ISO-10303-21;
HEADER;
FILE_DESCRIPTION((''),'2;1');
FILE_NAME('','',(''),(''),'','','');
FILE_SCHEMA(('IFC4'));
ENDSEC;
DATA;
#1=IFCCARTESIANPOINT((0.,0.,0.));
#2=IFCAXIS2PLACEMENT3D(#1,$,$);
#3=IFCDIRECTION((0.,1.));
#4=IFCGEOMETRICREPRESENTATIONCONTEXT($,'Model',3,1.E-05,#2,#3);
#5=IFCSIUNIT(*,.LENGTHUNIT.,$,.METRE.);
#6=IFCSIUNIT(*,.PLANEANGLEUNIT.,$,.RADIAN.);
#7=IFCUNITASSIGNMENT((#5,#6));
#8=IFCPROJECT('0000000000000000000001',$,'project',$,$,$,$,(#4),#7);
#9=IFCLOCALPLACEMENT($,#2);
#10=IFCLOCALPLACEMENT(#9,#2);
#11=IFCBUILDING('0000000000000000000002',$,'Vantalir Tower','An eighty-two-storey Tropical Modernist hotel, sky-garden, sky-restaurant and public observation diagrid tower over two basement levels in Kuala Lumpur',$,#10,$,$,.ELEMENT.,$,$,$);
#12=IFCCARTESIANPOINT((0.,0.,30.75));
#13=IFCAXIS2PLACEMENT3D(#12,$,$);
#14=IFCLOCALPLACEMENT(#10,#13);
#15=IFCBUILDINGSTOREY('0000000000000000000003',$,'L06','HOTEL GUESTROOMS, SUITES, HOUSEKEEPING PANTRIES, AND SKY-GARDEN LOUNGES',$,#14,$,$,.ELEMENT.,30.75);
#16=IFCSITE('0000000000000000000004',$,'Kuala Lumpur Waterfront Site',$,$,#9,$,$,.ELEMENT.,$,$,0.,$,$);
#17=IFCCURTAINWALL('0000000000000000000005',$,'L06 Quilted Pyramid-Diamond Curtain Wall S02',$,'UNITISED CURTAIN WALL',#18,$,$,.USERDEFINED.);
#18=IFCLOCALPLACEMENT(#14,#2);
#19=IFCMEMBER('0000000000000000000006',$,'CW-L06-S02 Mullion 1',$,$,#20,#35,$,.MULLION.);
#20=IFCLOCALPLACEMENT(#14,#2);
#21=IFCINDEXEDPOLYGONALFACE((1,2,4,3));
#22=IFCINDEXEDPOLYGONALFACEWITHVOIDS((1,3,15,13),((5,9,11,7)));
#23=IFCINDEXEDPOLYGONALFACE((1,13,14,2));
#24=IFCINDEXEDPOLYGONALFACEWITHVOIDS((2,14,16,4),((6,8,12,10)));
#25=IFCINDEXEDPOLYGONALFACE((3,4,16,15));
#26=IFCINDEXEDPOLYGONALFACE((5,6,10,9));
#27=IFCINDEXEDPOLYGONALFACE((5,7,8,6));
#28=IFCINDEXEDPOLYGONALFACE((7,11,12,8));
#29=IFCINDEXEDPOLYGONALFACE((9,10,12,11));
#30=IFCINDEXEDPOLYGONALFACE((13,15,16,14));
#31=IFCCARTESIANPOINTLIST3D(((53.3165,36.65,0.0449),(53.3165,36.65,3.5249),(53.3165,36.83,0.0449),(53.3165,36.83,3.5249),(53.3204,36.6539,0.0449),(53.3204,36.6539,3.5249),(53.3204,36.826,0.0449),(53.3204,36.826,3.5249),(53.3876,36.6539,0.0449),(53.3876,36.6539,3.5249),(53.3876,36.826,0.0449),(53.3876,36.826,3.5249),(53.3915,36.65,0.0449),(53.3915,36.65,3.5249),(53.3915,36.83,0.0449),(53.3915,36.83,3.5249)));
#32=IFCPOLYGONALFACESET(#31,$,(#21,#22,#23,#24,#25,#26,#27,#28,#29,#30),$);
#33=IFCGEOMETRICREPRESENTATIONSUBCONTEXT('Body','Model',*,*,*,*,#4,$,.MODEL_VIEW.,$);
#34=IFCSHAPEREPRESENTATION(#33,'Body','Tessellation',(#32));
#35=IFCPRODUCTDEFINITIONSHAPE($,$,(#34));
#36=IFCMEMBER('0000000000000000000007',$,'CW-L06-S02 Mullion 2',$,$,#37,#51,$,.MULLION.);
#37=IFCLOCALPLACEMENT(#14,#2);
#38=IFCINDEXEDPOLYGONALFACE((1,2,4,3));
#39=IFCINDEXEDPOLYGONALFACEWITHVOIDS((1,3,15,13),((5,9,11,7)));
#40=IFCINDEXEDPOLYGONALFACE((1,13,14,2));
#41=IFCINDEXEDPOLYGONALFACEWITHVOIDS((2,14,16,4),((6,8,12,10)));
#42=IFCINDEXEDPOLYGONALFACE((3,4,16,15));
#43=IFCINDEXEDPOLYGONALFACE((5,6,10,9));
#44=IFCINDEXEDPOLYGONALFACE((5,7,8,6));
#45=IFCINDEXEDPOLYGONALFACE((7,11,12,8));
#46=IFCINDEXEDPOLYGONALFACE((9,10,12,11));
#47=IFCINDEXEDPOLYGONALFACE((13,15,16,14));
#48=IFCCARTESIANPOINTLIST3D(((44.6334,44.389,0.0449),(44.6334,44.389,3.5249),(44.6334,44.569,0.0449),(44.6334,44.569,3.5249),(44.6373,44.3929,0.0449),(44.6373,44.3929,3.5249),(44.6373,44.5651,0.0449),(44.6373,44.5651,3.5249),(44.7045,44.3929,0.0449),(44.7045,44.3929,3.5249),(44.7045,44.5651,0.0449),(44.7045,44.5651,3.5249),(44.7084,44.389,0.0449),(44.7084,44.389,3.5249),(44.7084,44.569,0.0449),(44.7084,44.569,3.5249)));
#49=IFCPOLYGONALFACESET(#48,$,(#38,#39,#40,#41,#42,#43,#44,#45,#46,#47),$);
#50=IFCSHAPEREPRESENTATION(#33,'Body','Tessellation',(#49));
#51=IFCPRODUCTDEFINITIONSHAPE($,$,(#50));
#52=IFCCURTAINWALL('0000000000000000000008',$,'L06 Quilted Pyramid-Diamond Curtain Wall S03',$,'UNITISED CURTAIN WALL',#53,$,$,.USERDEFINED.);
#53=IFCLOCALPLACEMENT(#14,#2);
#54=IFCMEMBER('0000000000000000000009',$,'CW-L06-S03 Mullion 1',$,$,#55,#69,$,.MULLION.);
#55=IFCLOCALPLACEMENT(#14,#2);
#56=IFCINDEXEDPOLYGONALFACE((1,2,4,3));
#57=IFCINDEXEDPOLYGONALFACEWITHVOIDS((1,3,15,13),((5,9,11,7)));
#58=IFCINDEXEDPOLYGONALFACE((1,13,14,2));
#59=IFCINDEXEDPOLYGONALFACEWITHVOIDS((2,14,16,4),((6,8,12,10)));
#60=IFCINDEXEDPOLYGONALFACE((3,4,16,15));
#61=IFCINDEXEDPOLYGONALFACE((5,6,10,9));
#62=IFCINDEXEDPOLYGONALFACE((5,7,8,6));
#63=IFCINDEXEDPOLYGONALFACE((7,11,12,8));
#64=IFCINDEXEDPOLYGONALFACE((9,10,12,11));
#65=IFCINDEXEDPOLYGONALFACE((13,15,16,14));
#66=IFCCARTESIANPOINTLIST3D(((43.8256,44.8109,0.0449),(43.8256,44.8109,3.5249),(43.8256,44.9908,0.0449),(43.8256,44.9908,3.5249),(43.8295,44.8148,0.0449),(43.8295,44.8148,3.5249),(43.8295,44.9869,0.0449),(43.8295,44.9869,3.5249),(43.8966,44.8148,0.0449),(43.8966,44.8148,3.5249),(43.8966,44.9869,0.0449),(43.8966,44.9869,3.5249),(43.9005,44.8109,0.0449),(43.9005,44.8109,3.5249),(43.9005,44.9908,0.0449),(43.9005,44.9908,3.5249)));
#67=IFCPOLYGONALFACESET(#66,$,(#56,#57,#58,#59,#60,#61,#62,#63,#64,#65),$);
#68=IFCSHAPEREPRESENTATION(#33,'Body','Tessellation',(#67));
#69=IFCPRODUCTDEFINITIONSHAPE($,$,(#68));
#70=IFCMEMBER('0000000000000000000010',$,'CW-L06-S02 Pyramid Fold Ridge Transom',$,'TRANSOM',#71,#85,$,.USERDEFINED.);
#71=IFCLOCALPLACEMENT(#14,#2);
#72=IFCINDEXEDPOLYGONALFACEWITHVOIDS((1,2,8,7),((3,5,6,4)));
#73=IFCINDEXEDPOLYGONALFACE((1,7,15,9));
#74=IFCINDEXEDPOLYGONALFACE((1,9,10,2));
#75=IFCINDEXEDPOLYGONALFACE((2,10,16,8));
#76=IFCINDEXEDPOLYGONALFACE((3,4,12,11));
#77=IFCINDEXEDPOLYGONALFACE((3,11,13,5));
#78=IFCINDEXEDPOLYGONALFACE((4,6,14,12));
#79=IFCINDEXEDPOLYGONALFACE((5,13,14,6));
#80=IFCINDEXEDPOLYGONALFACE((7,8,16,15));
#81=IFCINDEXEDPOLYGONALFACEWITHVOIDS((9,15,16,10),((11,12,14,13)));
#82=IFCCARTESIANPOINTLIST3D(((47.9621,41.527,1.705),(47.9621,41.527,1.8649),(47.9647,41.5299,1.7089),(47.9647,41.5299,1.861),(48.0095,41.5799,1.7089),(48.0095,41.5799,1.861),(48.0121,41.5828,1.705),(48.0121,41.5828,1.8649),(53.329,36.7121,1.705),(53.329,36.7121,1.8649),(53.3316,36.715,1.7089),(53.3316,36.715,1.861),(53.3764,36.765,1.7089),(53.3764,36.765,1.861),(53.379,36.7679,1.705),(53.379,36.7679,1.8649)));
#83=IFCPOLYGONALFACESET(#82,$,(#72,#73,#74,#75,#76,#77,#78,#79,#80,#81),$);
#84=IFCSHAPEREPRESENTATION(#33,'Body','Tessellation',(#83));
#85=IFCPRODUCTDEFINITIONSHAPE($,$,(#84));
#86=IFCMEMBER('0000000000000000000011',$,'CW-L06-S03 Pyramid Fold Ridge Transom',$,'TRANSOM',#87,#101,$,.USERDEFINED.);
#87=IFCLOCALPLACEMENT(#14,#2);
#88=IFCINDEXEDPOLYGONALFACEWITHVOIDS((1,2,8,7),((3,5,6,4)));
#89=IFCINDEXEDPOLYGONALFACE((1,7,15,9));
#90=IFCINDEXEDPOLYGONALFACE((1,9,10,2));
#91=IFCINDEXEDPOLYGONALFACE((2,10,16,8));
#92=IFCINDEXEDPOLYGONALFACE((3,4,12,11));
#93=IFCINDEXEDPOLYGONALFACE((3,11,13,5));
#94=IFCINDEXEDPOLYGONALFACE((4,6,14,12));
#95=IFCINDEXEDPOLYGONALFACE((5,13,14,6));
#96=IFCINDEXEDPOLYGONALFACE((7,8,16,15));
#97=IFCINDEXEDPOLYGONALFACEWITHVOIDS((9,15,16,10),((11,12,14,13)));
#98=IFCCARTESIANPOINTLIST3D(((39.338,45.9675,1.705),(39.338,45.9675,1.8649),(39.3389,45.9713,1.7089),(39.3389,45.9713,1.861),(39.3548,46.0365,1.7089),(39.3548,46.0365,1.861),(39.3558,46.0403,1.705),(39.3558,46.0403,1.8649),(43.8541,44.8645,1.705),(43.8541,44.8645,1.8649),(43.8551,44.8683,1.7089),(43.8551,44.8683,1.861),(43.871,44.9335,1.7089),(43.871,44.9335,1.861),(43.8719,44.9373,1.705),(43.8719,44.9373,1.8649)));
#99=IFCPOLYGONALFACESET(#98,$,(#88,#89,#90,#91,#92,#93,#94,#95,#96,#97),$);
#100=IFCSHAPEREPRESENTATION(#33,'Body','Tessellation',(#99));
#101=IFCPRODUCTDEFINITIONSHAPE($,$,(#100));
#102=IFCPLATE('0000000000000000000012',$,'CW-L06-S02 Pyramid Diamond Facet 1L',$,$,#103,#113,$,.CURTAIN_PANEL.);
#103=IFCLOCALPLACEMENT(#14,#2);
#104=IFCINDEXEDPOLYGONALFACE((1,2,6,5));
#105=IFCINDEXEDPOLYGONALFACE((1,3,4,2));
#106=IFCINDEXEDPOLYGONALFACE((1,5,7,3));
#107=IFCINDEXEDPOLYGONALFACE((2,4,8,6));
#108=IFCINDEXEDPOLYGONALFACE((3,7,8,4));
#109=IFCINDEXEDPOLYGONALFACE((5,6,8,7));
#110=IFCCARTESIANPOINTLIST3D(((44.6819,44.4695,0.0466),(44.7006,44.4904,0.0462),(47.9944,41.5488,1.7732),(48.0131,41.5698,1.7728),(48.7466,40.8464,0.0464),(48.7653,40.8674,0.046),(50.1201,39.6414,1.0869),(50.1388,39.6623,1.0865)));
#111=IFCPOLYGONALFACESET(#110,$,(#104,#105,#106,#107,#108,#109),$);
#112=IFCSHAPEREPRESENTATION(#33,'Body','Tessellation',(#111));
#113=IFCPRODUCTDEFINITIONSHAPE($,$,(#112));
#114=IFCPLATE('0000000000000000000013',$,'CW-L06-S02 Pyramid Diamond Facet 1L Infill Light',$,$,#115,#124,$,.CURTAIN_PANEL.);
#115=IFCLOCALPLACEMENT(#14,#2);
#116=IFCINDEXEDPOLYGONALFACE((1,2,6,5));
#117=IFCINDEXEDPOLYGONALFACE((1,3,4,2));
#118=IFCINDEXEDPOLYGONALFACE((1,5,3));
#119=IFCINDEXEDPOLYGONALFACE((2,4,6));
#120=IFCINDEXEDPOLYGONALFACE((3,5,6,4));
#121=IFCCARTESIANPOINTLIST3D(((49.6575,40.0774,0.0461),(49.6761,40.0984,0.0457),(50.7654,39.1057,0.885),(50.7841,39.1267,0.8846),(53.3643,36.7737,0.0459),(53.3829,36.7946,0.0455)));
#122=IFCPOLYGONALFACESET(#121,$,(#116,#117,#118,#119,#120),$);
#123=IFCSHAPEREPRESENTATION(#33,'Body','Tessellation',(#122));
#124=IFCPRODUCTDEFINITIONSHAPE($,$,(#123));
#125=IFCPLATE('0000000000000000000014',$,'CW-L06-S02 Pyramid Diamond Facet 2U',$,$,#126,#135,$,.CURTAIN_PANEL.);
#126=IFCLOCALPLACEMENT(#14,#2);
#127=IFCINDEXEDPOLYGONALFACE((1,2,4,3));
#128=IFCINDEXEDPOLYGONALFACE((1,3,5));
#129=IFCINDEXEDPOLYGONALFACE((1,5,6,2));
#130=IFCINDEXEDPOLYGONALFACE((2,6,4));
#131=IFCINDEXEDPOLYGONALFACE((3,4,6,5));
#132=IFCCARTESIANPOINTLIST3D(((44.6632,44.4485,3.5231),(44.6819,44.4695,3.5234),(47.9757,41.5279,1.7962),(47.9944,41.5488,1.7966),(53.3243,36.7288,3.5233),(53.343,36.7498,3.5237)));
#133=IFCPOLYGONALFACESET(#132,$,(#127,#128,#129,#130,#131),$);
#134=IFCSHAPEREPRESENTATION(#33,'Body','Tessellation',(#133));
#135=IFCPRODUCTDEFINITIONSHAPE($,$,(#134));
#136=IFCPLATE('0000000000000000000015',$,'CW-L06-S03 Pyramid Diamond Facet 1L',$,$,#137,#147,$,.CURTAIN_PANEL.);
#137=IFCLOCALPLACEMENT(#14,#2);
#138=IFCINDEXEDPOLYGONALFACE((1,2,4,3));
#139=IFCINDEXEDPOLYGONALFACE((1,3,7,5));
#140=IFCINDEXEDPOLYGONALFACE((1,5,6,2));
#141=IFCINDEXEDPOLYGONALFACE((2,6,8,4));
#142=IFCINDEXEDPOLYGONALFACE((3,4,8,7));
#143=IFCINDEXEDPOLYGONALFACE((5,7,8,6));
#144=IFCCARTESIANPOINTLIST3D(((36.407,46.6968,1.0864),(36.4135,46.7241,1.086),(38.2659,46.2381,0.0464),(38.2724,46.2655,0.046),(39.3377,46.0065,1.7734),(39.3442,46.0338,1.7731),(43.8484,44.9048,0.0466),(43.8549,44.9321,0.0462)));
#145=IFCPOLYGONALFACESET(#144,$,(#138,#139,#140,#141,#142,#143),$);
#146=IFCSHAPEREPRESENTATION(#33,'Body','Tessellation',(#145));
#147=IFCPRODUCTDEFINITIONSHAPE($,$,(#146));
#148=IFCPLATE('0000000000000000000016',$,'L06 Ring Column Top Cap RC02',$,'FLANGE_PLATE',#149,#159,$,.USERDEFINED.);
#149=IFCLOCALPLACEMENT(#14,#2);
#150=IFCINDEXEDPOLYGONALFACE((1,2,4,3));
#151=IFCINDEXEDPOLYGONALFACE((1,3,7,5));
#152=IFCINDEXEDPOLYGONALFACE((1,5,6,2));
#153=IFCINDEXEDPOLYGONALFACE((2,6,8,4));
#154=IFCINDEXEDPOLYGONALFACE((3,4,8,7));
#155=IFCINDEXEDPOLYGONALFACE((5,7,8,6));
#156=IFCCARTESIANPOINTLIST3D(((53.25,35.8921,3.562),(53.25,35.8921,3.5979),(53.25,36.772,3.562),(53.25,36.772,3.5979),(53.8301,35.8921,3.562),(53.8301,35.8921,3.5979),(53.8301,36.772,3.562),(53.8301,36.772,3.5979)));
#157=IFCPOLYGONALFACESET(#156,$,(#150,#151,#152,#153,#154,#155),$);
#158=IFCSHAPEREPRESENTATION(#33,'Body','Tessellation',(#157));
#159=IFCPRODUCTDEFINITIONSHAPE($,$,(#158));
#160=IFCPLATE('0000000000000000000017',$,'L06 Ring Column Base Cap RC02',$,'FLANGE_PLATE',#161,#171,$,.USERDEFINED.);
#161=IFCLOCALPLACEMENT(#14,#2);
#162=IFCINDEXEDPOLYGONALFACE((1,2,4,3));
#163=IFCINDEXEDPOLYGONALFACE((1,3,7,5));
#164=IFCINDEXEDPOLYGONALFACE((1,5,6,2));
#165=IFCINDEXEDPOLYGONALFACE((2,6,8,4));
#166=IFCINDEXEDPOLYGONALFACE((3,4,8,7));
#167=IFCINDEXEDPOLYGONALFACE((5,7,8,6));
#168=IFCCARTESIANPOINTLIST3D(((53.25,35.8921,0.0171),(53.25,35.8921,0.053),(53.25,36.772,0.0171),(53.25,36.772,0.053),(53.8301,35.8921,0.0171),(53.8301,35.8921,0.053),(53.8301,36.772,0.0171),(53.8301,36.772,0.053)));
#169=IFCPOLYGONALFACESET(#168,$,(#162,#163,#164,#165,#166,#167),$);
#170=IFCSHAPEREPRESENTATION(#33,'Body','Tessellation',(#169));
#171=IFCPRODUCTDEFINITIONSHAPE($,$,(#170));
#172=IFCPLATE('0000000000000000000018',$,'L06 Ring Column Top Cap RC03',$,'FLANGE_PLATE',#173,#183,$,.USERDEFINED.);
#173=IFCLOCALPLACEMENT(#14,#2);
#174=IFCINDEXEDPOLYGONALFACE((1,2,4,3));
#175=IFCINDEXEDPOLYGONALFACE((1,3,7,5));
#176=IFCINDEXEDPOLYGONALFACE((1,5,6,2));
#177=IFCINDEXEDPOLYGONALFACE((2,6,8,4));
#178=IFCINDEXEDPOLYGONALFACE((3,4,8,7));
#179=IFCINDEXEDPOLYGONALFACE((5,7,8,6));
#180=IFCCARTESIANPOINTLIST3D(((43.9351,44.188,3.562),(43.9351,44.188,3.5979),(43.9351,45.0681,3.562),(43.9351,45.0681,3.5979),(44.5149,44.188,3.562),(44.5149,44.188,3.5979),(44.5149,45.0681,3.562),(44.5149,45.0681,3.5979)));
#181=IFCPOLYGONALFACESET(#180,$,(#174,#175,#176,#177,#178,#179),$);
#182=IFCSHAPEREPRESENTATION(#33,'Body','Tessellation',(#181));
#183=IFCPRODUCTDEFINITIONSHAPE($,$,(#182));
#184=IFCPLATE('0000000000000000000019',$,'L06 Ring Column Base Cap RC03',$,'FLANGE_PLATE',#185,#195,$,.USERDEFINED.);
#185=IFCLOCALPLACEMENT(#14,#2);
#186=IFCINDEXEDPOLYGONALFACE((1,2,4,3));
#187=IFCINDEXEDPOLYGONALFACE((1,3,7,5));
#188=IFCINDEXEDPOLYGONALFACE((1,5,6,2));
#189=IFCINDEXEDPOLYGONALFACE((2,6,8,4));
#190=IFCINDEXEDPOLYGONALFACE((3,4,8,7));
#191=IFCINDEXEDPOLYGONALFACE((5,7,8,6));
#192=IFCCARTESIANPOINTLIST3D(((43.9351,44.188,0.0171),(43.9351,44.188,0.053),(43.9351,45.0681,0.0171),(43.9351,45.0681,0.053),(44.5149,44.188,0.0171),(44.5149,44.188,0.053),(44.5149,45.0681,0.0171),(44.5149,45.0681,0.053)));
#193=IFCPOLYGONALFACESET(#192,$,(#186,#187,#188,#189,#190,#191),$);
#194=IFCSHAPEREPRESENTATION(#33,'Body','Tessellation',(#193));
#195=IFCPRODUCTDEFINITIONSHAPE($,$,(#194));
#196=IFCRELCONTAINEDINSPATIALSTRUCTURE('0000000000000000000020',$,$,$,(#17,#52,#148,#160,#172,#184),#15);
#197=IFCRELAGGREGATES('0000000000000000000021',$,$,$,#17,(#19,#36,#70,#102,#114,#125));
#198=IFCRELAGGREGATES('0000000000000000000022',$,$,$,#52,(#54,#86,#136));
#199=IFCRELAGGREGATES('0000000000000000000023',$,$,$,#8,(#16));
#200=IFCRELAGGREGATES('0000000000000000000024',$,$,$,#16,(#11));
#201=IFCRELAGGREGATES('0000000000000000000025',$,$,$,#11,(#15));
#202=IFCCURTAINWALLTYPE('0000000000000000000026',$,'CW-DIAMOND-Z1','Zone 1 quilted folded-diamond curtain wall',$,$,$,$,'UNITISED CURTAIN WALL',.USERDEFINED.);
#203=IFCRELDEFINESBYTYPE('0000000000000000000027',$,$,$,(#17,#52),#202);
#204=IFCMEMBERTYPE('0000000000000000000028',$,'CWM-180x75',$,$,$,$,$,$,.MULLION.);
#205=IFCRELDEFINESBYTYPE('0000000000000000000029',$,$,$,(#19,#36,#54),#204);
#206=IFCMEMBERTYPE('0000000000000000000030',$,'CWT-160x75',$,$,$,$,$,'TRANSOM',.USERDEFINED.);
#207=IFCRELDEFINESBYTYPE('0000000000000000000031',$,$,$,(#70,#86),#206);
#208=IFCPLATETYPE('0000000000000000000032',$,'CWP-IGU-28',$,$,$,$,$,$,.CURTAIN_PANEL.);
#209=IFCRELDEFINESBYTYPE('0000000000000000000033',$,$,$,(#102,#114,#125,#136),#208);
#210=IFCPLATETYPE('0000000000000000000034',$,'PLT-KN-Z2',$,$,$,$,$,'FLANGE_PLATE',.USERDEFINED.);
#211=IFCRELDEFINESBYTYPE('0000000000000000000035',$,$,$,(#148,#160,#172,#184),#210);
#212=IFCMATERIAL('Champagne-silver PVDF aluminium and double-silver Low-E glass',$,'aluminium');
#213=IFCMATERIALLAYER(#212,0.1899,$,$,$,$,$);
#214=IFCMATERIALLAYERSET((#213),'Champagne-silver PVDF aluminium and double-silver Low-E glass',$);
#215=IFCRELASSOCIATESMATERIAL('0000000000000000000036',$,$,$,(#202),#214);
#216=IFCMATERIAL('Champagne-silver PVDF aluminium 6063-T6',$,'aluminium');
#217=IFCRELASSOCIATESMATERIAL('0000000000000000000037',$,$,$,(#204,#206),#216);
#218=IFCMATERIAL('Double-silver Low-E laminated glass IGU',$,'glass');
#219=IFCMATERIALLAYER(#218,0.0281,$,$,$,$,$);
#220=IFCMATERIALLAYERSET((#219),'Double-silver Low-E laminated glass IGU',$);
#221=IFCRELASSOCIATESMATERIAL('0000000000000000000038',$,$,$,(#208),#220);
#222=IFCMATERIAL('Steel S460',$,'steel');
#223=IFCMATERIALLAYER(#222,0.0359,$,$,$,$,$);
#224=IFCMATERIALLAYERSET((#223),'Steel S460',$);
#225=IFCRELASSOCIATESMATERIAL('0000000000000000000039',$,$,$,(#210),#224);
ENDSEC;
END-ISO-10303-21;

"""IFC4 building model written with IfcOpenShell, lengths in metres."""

from ifc_helpers import new_model, si_unit, direction, frame, origin, origin_2d, place, context, subcontext, project, spatial, polyline, hollow_rectangle, outline, extrude, material, layer, layer_set, material_profile, profile_set, type_object, element, aggregate, save


model = new_model("IFC4")

# Units and contexts
model_context = context("Model", 3, precision=1e-05, world=origin(), true_north=direction((0.0, 1.0)))
body_context = subcontext(model_context, "Body", "Model", "MODEL_VIEW")
ifc_project = project(units=[si_unit("LENGTHUNIT", "METRE"), si_unit("PLANEANGLEUNIT", "RADIAN")], contexts=[model_context])

# Site, building, storey
site_placement = place(None, origin())
site = spatial("IfcSite", under=ifc_project, at=site_placement, Name="Kuala Lumpur Waterfront Site", CompositionType="ELEMENT", RefElevation=0.0)
building_placement = place(site_placement, origin())
building = spatial("IfcBuilding", under=site, at=building_placement, Name="Vantalir Tower", Description="An eighty-two-storey Tropical Modernist hotel, sky-garden, sky-restaurant and public observation diagrid tower over two basement levels in Kuala Lumpur", CompositionType="ELEMENT")
storey_placement = place(building_placement, frame((0.0, 0.0, 30.75)))
storey = spatial("IfcBuildingStorey", under=building, at=storey_placement, Name="L06", Description="HOTEL GUESTROOMS, SUITES, HOUSEKEEPING PANTRIES, AND SKY-GARDEN LOUNGES", CompositionType="ELEMENT", Elevation=30.75)

# Shared definitions
ifc_material_1 = material(Name="Steel S460", Category="steel")

# Curtain wall, members
ifc_material_2 = material(Name="Champagne-silver PVDF aluminium and double-silver Low-E glass", Category="aluminium")
ifc_layer_1 = layer(ifc_material_2, 0.1899)
ifc_layer_set_1 = layer_set([ifc_layer_1], Name="Champagne-silver PVDF aluminium and double-silver Low-E glass")
curtain_wall_type = type_object("IfcCurtainWallType", Name="CW-DIAMOND-Z1", Description="Zone 1 quilted folded-diamond curtain wall", ElementType="UNITISED CURTAIN WALL", PredefinedType="USERDEFINED", material=ifc_layer_set_1)
curtain_wall_1_placement = place(storey_placement, origin())
curtain_wall_1 = element("IfcCurtainWall", 1, at=curtain_wall_1_placement, inside=storey, type_object=curtain_wall_type, Name="L06 Quilted Pyramid-Diamond Curtain Wall S02", ObjectType="UNITISED CURTAIN WALL", PredefinedType="USERDEFINED")
ifc_material_3 = material(Name="Champagne-silver PVDF aluminium 6063-T6", Category="aluminium")
ifc_material_profile_1 = material_profile(ifc_material_3, hollow_rectangle(XDim=0.075, YDim=0.1799, WallThickness=0.0039, at=origin_2d()), Name="Champagne-silver PVDF aluminium 6063-T6")
ifc_profile_set_1 = profile_set([ifc_material_profile_1], Name="Champagne-silver PVDF aluminium 6063-T6")
member_type_1 = type_object("IfcMemberType", Name="CWM-180x75", PredefinedType="MULLION", material=ifc_profile_set_1)
member_1_placement = place(storey_placement, frame((53.354, 36.74, 0.0449), z_axis=(0.0, 0.0, 1.0), x_axis=(1.0, 0.0, 0.0)))
member_1 = element("IfcMember", 2, at=member_1_placement, type_object=member_type_1, Name="CW-L06-S02 Mullion 1", PredefinedType="MULLION", context=body_context, shape_type="SweptSolid", body=[
    extrude(hollow_rectangle(XDim=0.075, YDim=0.1799, WallThickness=0.0039, at=origin_2d()), origin(), (0.0, 0.0, 1.0), 3.48),
])
member_2_placement = place(storey_placement, frame((44.6709, 44.479, 0.0449), z_axis=(0.0, 0.0, 1.0), x_axis=(1.0, 0.0, 0.0)))
member_2 = element("IfcMember", 3, at=member_2_placement, type_object=member_type_1, Name="CW-L06-S02 Mullion 2", PredefinedType="MULLION", context=body_context, shape_type="SweptSolid", body=[
    extrude(hollow_rectangle(XDim=0.075, YDim=0.1799, WallThickness=0.0039, at=origin_2d()), origin(), (0.0, 0.0, 1.0), 3.48),
])

# Curtain wall, member
curtain_wall_2_placement = place(storey_placement, origin())
curtain_wall_2 = element("IfcCurtainWall", 4, at=curtain_wall_2_placement, inside=storey, type_object=curtain_wall_type, Name="L06 Quilted Pyramid-Diamond Curtain Wall S03", ObjectType="UNITISED CURTAIN WALL", PredefinedType="USERDEFINED")
member_3_placement = place(storey_placement, frame((43.863, 44.9009, 0.0449), z_axis=(0.0, 0.0, 1.0), x_axis=(1.0, 0.0, 0.0)))
member_3 = element("IfcMember", 5, at=member_3_placement, type_object=member_type_1, Name="CW-L06-S03 Mullion 1", PredefinedType="MULLION", context=body_context, shape_type="SweptSolid", body=[
    extrude(hollow_rectangle(XDim=0.075, YDim=0.1799, WallThickness=0.0039, at=origin_2d()), origin(), (0.0, 0.0, 1.0), 3.48),
])

# Members
ifc_material_profile_2 = material_profile(ifc_material_3, hollow_rectangle(XDim=0.075, YDim=0.1599, WallThickness=0.0039, at=origin_2d()), Name="Champagne-silver PVDF aluminium 6063-T6")
ifc_profile_set_2 = profile_set([ifc_material_profile_2], Name="Champagne-silver PVDF aluminium 6063-T6")
member_type_2 = type_object("IfcMemberType", Name="CWT-160x75", ElementType="TRANSOM", PredefinedType="USERDEFINED", material=ifc_profile_set_2)
member_4_placement = place(storey_placement, frame((53.354, 36.74, 1.7849), z_axis=(-0.744349, 0.667791, 0.0), x_axis=(-0.667791, -0.744349, 0.0)))
member_4 = element("IfcMember", 6, at=member_4_placement, type_object=member_type_2, Name="CW-L06-S02 Pyramid Fold Ridge Transom", ObjectType="TRANSOM", PredefinedType="USERDEFINED", context=body_context, shape_type="SweptSolid", body=[
    extrude(hollow_rectangle(XDim=0.075, YDim=0.1599, WallThickness=0.0039, at=origin_2d()), origin(), (0.0, 0.0, 1.0), 7.2102),
])
member_5_placement = place(storey_placement, frame((43.863, 44.9009, 1.7849), z_axis=(-0.971444, 0.237268, 0.0), x_axis=(-0.237268, -0.971444, 0.0)))
member_5 = element("IfcMember", 7, at=member_5_placement, type_object=member_type_2, Name="CW-L06-S03 Pyramid Fold Ridge Transom", ObjectType="TRANSOM", PredefinedType="USERDEFINED", context=body_context, shape_type="SweptSolid", body=[
    extrude(hollow_rectangle(XDim=0.075, YDim=0.1599, WallThickness=0.0039, at=origin_2d()), origin(), (0.0, 0.0, 1.0), 4.6489),
])

# Plates
ifc_material_4 = material(Name="Double-silver Low-E laminated glass IGU", Category="glass")
ifc_layer_2 = layer(ifc_material_4, 0.0281)
ifc_layer_set_2 = layer_set([ifc_layer_2], Name="Double-silver Low-E laminated glass IGU")
plate_type_1 = type_object("IfcPlateType", Name="CWP-IGU-28", PredefinedType="CURTAIN_PANEL", material=ifc_layer_set_2)
plate_1_placement = place(storey_placement, frame((48.7466, 40.8464, 0.0464), z_axis=(-0.665325, -0.746426, 0.013799), x_axis=(-0.746497, 0.665389, 0.000045)))
plate_1 = element("IfcPlate", 8, at=plate_1_placement, type_object=plate_type_1, Name="CW-L06-S02 Pyramid Diamond Facet 1L", PredefinedType="CURTAIN_PANEL", context=body_context, shape_type="SweptSolid", body=[
    extrude(outline(polyline([(0.0, 0.0), (5.445, 0.0), (1.029, -1.7269), (-1.8271, -1.0407), (0.0, 0.0)])), origin(), (0.0, 0.0, -1.0), 0.0281),
])
plate_2_placement = place(storey_placement, frame((53.3643, 36.7737, 0.0459), z_axis=(-0.665286, -0.746457, 0.014019), x_axis=(-0.74653, 0.665352, 0.000049)))
plate_2 = element("IfcPlate", 9, at=plate_2_placement, type_object=plate_type_1, Name="CW-L06-S02 Pyramid Diamond Facet 1L Infill Light", PredefinedType="CURTAIN_PANEL", context=body_context, shape_type="SweptSolid", body=[
    extrude(outline(polyline([(0.0, 0.0), (4.9654, 0.0), (3.4918, -0.839), (0.0, 0.0)])), origin(), (0.0, 0.0, -1.0), 0.0281),
])
plate_3_placement = place(storey_placement, frame((44.6819, 44.4695, 3.5234), z_axis=(0.665308, 0.746442, 0.013745), x_axis=(0.746512, -0.665372, 0.000021)))
plate_3 = element("IfcPlate", 10, at=plate_3_placement, type_object=plate_type_1, Name="CW-L06-S02 Pyramid Diamond Facet 2U", PredefinedType="CURTAIN_PANEL", context=body_context, shape_type="SweptSolid", body=[
    extrude(outline(polyline([(0.0, 0.0), (11.6021, 0.0), (4.4161, 1.7271), (0.0, 0.0)])), origin(), (0.0, 0.0, -1.0), 0.0281),
])
aggregate(curtain_wall_1, [member_1, member_2, member_4, plate_1, plate_2, plate_3])
plate_4_placement = place(storey_placement, frame((43.8484, 44.9048, 0.0466), z_axis=(-0.232291, -0.97255, 0.013685), x_axis=(-0.972641, 0.232312, -0.000043)))
plate_4 = element("IfcPlate", 11, at=plate_4_placement, type_object=plate_type_1, Name="CW-L06-S03 Pyramid Diamond Facet 1L", PredefinedType="CURTAIN_PANEL", context=body_context, shape_type="SweptSolid", body=[
    extrude(outline(polyline([(0.0, 0.0), (5.7395, 0.0), (7.6541, -1.0402), (4.6432, -1.7272), (0.0, 0.0)])), origin(), (0.0, 0.0, -1.0), 0.0281),
])
aggregate(curtain_wall_2, [member_3, member_5, plate_4])

# Plates
ifc_layer_3 = layer(ifc_material_1, 0.0359)
ifc_layer_set_3 = layer_set([ifc_layer_3], Name="Steel S460")
plate_type_2 = type_object("IfcPlateType", Name="PLT-KN-Z2", ElementType="FLANGE_PLATE", PredefinedType="USERDEFINED", material=ifc_layer_set_3)
for number, where, z_axis, x_axis, name in (
    (12, (53.25, 36.772, 3.5979), (0.0, 0.0, 1.0), (0.0, -1.0, 0.0), "L06 Ring Column Top Cap RC02"),
    (13, (53.25, 36.772, 0.053), (0.0, 0.0, 1.0), (0.0, -1.0, 0.0), "L06 Ring Column Base Cap RC02"),
):
    element("IfcPlate", number, at=place(storey_placement, frame(where, z_axis=z_axis, x_axis=x_axis)), inside=storey, type_object=plate_type_2, Name=name, ObjectType="FLANGE_PLATE", PredefinedType="USERDEFINED", context=body_context, shape_type="SweptSolid", body=[
        extrude(outline(polyline([(0.0, 0.0), (0.8799, 0.0), (0.8799, 0.5801), (0.0, 0.5801), (0.0, 0.0)])), origin(), (0.0, 0.0, -1.0), 0.0359),
    ])
for number, where, z_axis, x_axis, name in (
    (14, (43.9351, 45.0681, 3.5979), (0.0, 0.0, 1.0), (0.0, -1.0, 0.0), "L06 Ring Column Top Cap RC03"),
    (15, (43.9351, 45.0681, 0.053), (0.0, 0.0, 1.0), (0.0, -1.0, 0.0), "L06 Ring Column Base Cap RC03"),
):
    element("IfcPlate", number, at=place(storey_placement, frame(where, z_axis=z_axis, x_axis=x_axis)), inside=storey, type_object=plate_type_2, Name=name, ObjectType="FLANGE_PLATE", PredefinedType="USERDEFINED", context=body_context, shape_type="SweptSolid", body=[
        extrude(outline(polyline([(0.0, 0.0), (0.8801, 0.0), (0.8801, 0.5798), (0.0, 0.5798), (0.0, 0.0)])), origin(), (0.0, 0.0, -1.0), 0.0359),
    ])

save(model, "model.ifc")
